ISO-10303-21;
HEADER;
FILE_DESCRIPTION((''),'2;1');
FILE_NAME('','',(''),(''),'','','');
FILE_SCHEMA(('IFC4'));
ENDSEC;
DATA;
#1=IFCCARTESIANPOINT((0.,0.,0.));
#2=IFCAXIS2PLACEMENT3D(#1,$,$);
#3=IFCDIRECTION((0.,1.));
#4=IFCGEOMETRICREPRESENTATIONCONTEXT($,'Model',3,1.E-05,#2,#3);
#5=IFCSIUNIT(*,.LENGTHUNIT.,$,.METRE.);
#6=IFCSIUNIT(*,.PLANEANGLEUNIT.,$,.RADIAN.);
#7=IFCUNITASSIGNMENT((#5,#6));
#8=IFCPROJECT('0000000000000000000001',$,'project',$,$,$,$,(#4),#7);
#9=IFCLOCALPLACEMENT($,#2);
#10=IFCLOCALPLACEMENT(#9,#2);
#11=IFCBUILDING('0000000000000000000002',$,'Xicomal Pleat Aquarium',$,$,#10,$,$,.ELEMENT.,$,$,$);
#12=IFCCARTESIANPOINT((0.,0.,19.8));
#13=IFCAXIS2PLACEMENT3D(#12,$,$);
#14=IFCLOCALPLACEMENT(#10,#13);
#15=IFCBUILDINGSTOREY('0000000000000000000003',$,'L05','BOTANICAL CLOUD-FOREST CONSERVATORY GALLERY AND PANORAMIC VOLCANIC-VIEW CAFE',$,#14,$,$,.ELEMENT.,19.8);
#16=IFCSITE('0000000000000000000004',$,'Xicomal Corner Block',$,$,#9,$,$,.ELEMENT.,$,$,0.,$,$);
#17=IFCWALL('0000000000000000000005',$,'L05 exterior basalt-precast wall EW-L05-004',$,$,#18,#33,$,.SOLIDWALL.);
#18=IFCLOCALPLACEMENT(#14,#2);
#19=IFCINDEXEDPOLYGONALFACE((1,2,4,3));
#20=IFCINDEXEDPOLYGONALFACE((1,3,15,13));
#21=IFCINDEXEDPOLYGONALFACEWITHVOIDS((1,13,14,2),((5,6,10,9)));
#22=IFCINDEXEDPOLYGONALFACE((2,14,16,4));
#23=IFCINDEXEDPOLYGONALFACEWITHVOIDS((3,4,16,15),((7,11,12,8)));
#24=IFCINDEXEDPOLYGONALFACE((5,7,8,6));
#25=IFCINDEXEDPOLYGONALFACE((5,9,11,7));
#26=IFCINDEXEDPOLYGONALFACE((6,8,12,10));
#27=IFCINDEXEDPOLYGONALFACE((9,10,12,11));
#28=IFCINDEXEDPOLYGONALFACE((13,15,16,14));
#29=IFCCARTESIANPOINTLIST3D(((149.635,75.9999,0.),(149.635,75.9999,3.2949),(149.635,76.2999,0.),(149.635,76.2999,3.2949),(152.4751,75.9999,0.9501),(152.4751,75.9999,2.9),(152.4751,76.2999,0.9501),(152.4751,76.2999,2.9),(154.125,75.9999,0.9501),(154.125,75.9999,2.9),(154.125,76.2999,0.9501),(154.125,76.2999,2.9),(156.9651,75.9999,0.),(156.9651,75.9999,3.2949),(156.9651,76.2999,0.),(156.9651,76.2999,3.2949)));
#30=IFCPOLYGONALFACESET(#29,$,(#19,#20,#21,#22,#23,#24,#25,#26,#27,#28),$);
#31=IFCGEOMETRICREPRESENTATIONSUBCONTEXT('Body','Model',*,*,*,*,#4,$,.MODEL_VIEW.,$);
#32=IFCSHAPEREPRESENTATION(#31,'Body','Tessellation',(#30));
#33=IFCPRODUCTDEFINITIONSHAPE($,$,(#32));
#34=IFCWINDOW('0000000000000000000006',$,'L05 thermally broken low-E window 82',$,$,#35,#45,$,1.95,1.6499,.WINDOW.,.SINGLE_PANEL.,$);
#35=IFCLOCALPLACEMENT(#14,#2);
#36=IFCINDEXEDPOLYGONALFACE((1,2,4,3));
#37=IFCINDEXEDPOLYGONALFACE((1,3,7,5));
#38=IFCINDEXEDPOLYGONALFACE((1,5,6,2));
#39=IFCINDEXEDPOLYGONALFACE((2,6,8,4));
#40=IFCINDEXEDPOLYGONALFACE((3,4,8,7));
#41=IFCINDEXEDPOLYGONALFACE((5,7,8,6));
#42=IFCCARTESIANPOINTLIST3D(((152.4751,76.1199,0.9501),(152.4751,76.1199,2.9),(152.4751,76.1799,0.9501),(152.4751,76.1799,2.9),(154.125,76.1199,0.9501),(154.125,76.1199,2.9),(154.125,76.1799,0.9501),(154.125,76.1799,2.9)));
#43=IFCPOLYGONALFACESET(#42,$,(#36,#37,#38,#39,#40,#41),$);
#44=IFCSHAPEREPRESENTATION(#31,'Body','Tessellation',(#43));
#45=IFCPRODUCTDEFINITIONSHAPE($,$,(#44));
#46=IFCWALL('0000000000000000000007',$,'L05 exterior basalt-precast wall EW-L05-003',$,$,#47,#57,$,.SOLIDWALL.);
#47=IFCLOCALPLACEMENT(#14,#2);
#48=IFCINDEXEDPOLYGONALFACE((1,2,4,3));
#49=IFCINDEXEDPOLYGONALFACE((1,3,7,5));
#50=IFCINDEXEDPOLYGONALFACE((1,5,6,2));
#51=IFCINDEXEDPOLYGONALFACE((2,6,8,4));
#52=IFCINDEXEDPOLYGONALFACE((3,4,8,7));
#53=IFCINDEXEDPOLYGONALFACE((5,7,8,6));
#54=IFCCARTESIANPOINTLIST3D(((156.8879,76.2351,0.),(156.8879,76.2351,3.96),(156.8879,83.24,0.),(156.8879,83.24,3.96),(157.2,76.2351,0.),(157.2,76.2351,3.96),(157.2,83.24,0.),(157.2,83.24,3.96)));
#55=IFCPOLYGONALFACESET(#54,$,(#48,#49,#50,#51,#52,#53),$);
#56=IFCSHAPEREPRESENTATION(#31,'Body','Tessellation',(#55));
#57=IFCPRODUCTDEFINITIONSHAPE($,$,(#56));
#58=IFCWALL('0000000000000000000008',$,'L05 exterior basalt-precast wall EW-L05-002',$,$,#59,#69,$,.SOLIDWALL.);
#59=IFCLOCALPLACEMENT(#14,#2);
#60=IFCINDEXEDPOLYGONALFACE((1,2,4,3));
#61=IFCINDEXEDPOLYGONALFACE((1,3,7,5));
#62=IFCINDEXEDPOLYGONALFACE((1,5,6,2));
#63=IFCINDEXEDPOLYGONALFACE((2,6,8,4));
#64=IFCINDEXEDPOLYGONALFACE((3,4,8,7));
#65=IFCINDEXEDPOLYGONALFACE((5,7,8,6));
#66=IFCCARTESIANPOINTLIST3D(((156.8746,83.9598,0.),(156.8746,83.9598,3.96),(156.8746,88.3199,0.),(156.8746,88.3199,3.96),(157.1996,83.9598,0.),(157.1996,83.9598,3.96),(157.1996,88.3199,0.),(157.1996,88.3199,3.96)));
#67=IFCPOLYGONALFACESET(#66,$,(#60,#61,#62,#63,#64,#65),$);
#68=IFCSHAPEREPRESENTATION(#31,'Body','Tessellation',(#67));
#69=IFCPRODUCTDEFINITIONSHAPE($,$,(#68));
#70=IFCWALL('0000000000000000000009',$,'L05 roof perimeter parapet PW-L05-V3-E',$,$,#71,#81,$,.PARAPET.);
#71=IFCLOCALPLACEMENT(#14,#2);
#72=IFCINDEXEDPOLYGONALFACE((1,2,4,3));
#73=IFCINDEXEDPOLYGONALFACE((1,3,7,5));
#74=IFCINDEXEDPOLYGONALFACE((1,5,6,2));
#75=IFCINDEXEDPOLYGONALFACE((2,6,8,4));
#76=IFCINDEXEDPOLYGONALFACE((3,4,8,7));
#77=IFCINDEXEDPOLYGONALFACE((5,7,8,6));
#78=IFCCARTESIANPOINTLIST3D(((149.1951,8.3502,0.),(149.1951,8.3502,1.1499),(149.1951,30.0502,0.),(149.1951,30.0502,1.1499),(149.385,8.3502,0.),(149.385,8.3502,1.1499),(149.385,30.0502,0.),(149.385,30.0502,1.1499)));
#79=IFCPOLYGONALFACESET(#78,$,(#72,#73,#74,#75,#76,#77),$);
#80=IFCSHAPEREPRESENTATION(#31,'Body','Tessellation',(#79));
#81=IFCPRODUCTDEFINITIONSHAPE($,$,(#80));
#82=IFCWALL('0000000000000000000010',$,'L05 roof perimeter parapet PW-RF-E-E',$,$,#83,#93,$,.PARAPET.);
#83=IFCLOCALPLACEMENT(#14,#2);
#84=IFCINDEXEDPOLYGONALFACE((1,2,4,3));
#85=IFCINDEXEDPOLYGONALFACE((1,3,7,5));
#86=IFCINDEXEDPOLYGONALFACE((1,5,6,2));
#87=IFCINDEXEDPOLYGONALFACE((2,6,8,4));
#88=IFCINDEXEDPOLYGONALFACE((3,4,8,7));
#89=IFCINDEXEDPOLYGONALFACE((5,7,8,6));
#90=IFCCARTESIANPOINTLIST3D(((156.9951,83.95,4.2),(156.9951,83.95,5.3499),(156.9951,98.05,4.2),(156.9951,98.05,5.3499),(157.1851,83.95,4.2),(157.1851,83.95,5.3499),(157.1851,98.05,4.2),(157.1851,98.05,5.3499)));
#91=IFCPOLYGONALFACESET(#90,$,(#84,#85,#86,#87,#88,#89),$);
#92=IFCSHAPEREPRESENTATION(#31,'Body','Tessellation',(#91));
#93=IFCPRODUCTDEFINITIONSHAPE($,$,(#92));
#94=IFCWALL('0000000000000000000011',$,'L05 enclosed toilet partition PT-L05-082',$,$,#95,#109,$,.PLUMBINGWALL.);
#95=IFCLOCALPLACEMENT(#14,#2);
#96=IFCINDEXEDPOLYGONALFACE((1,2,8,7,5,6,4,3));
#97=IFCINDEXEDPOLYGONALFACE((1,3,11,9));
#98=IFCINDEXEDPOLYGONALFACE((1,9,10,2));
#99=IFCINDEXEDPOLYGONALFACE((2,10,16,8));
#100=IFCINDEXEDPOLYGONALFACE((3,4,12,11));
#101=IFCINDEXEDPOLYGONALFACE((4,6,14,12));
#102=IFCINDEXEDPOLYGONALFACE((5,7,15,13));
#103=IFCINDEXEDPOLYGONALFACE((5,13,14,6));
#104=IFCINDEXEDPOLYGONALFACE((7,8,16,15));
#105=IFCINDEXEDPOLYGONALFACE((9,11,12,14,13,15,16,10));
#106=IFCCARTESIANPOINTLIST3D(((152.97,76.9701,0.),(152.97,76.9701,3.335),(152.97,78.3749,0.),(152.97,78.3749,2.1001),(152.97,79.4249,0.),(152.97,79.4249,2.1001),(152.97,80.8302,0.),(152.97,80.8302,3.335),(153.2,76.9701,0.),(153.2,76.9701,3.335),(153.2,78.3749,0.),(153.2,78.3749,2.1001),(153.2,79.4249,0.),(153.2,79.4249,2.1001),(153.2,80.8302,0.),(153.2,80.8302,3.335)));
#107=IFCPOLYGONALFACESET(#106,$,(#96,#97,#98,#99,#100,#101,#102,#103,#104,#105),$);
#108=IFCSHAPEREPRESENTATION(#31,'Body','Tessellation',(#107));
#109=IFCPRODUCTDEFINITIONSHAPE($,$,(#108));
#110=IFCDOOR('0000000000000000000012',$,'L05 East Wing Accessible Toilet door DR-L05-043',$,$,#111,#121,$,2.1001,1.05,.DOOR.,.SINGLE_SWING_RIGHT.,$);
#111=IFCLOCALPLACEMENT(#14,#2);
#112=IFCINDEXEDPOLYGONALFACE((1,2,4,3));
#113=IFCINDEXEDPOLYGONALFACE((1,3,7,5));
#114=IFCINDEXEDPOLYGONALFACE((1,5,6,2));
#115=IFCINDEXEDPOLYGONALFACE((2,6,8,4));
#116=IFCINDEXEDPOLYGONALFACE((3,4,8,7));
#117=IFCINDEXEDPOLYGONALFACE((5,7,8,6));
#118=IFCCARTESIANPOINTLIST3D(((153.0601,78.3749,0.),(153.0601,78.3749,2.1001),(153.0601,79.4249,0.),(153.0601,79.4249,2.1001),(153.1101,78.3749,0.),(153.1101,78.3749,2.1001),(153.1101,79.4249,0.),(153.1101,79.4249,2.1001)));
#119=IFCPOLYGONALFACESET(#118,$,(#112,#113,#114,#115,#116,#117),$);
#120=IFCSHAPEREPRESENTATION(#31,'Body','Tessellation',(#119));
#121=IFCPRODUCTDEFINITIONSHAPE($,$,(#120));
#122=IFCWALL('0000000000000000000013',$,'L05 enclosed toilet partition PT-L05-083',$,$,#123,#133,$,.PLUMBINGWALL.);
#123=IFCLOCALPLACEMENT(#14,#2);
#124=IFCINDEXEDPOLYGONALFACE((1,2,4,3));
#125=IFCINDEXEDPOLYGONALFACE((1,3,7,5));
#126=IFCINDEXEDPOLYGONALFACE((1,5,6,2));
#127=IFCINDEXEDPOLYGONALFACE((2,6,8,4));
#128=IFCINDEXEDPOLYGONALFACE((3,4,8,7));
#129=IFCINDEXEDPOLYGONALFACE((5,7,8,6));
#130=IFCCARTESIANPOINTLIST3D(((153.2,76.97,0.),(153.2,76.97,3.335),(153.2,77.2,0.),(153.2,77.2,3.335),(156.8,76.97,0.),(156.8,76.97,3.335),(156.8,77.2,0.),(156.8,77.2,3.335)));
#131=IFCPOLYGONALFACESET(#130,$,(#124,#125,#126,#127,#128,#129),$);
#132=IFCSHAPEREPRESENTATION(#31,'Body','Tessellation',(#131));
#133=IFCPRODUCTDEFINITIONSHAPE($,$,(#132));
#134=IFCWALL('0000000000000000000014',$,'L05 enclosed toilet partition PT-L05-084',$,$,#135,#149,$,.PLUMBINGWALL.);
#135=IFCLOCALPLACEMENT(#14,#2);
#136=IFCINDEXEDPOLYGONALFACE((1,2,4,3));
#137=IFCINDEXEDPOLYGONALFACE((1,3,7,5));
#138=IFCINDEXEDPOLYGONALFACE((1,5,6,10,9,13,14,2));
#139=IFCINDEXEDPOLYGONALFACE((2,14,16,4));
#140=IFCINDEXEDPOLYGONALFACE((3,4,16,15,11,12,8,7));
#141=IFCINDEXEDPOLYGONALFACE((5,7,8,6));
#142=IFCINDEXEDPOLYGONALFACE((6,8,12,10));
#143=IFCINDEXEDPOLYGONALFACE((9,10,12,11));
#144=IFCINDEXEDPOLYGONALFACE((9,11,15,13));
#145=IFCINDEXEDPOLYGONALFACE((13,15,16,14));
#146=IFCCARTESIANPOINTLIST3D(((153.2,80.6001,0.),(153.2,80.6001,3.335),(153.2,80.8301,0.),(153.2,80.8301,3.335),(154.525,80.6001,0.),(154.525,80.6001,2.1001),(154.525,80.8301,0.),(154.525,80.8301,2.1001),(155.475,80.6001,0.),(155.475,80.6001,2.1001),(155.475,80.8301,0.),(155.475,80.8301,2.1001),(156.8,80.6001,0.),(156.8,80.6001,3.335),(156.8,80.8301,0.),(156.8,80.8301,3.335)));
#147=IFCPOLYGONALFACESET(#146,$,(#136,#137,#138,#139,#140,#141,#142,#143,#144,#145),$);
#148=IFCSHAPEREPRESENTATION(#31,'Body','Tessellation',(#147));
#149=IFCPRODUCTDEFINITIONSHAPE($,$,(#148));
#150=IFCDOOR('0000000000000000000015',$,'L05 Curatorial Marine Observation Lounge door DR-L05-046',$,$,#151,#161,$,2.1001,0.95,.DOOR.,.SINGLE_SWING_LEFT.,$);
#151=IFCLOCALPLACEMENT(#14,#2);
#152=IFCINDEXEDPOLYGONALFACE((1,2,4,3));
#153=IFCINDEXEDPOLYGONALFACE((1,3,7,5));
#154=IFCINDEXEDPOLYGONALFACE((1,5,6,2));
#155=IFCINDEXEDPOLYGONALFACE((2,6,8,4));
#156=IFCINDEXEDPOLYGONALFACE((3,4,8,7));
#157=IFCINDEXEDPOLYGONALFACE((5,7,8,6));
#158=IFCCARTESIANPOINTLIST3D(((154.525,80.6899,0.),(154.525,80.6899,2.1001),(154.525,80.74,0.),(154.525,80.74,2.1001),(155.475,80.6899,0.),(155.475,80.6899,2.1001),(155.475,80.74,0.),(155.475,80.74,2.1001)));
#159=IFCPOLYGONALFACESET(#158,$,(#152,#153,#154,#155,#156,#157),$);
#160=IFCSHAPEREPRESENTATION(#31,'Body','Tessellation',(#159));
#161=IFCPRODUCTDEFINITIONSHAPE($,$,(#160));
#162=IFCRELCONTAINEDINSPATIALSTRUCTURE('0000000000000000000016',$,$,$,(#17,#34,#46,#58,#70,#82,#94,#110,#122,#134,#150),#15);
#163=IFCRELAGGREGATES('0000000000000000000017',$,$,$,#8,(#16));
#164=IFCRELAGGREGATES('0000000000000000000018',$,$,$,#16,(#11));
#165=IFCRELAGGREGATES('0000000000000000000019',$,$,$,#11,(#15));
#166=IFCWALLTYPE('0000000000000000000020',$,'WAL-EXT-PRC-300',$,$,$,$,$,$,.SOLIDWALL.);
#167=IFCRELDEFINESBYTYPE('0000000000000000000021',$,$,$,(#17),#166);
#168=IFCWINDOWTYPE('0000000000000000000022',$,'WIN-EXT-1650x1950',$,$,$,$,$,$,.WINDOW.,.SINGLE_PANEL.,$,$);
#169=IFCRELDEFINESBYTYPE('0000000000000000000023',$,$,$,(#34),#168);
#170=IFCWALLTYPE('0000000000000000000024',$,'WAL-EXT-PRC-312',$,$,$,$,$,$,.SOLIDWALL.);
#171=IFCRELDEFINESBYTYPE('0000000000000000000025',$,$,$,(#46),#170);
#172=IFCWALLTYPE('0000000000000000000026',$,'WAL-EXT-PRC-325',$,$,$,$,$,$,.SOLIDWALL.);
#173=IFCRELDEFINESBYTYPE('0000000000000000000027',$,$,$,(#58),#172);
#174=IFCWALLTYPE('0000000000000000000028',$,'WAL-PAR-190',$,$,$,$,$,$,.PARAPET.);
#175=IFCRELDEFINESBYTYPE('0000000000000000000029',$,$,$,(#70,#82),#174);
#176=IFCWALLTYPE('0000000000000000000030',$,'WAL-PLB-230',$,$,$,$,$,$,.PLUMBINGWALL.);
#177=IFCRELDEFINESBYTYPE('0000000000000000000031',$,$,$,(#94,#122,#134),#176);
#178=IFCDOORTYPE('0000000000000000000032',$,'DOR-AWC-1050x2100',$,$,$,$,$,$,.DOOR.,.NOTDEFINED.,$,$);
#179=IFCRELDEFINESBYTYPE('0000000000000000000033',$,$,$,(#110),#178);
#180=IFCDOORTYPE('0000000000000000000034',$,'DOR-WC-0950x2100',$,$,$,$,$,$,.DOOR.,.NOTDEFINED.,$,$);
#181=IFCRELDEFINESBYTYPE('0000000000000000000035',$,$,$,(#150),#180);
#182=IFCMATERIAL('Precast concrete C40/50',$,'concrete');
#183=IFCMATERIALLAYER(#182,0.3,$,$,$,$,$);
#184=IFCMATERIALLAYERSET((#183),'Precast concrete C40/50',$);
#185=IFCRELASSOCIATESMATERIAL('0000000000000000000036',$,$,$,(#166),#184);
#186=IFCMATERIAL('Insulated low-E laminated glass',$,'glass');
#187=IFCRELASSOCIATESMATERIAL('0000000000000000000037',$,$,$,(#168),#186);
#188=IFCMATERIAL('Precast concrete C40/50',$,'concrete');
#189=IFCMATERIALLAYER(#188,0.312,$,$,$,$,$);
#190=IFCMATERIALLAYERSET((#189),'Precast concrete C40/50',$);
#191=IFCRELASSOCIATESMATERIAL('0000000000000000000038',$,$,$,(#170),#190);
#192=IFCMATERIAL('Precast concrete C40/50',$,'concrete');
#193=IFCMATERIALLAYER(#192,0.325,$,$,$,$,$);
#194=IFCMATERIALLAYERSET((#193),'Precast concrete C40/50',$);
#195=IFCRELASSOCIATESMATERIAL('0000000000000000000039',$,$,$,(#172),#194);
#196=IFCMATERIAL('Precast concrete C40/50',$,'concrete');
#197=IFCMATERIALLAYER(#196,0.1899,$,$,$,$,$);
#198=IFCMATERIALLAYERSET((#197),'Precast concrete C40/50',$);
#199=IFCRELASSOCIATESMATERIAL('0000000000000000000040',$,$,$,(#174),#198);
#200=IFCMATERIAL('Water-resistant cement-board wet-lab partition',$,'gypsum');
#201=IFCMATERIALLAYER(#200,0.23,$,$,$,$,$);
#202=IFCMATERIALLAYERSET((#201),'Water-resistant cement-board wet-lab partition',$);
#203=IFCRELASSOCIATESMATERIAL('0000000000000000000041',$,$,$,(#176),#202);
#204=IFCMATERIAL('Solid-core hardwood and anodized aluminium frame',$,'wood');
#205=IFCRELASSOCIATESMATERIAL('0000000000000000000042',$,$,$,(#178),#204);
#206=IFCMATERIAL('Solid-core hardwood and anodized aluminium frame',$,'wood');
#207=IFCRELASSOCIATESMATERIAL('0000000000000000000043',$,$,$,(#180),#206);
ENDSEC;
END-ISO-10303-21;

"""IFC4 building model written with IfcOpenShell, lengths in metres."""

from ifc_helpers import new_model, si_unit, direction, frame, frame_2d, origin, place, context, subcontext, project, spatial, rectangle, extrude, material, layer, layer_set, type_object, element, fill, save


model = new_model("IFC4")

# Units and contexts
model_context = context("Model", 3, precision=1e-05, world=origin(), true_north=direction((0.0, 1.0)))
body_context = subcontext(model_context, "Body", "Model", "MODEL_VIEW")
ifc_project = project(units=[si_unit("LENGTHUNIT", "METRE"), si_unit("PLANEANGLEUNIT", "RADIAN")], contexts=[model_context])

# Site, building, storey
site_placement = place(None, origin())
site = spatial("IfcSite", under=ifc_project, at=site_placement, Name="Xicomal Corner Block", CompositionType="ELEMENT", RefElevation=0.0)
building_placement = place(site_placement, origin())
building = spatial("IfcBuilding", under=site, at=building_placement, Name="Xicomal Pleat Aquarium", CompositionType="ELEMENT")
storey_placement = place(building_placement, frame((0.0, 0.0, 19.8)))
storey = spatial("IfcBuildingStorey", under=building, at=storey_placement, Name="L05", Description="BOTANICAL CLOUD-FOREST CONSERVATORY GALLERY AND PANORAMIC VOLCANIC-VIEW CAFE", CompositionType="ELEMENT", Elevation=19.8)

# Wall, opening, window
ifc_material_1 = material(Name="Precast concrete C40/50", Category="concrete")
ifc_layer_1 = layer(ifc_material_1, 0.3)
ifc_layer_set_1 = layer_set([ifc_layer_1], Name="Precast concrete C40/50")
wall_type_1 = type_object("IfcWallType", Name="WAL-EXT-PRC-300", PredefinedType="SOLIDWALL", material=ifc_layer_set_1)
wall_1_placement = place(storey_placement, frame((156.9651, 76.1499, 0.0), z_axis=(0.0, 0.0, 1.0), x_axis=(-1.0, 0.0, 0.0)))
wall_1 = element("IfcWall", 1, at=wall_1_placement, inside=storey, type_object=wall_type_1, Name="L05 exterior basalt-precast wall EW-L05-004", PredefinedType="SOLIDWALL", context=body_context, shape_type="SweptSolid", body=[
    extrude(rectangle(XDim=7.3301, YDim=0.3, at=frame_2d((3.665, 0.0))), origin(), (0.0, 0.0, 1.0), 3.2949),
])
opening_1_placement = place(wall_1_placement, frame((2.8401, 0.0, 0.95)))
opening_1 = element("IfcOpeningElement", 2, at=opening_1_placement, cuts=wall_1, PredefinedType="OPENING", context=body_context, shape_type="SweptSolid", body=[
    extrude(rectangle(XDim=1.6499, YDim=1.95, at=frame_2d((0.825, 0.9751))), frame((0.0, 0.1599, 0.0), z_axis=(0.0, -1.0, 0.0), x_axis=(1.0, 0.0, 0.0)), (0.0, 0.0, 1.0), 0.3201),
])
ifc_material_2 = material(Name="Insulated low-E laminated glass", Category="glass")
window_type_1 = type_object("IfcWindowType", Name="WIN-EXT-1650x1950", PartitioningType="SINGLE_PANEL", PredefinedType="WINDOW", material=ifc_material_2)
window_1_placement = place(opening_1_placement, origin())
window_1 = element("IfcWindow", 3, at=window_1_placement, inside=storey, type_object=window_type_1, Name="L05 thermally broken low-E window 82", OverallHeight=1.95, OverallWidth=1.6499, PartitioningType="SINGLE_PANEL", PredefinedType="WINDOW", context=body_context, shape_type="SweptSolid", body=[
    extrude(rectangle(XDim=1.6499, YDim=1.95, at=frame_2d((0.825, 0.9751))), frame((0.0, 0.03, 0.0), z_axis=(0.0, -1.0, 0.0), x_axis=(1.0, 0.0, 0.0)), (0.0, 0.0, 1.0), 0.0601),
])
fill(opening_1, window_1)

# Walls
ifc_material_3 = material(Name="Precast concrete C40/50", Category="concrete")
ifc_layer_2 = layer(ifc_material_3, 0.312)
ifc_layer_set_2 = layer_set([ifc_layer_2], Name="Precast concrete C40/50")
wall_type_2 = type_object("IfcWallType", Name="WAL-EXT-PRC-312", PredefinedType="SOLIDWALL", material=ifc_layer_set_2)
wall_2_placement = place(storey_placement, frame((157.0439, 83.24, 0.0), z_axis=(0.0, 0.0, 1.0), x_axis=(0.0, -1.0, 0.0)))
element("IfcWall", 4, at=wall_2_placement, inside=storey, type_object=wall_type_2, Name="L05 exterior basalt-precast wall EW-L05-003", PredefinedType="SOLIDWALL", context=body_context, shape_type="SweptSolid", body=[
    extrude(rectangle(XDim=7.0049, YDim=0.312, at=frame_2d((3.5024, 0.0))), origin(), (0.0, 0.0, 1.0), 3.96),
])
ifc_material_4 = material(Name="Precast concrete C40/50", Category="concrete")
ifc_layer_3 = layer(ifc_material_4, 0.325)
ifc_layer_set_3 = layer_set([ifc_layer_3], Name="Precast concrete C40/50")
wall_type_3 = type_object("IfcWallType", Name="WAL-EXT-PRC-325", PredefinedType="SOLIDWALL", material=ifc_layer_set_3)
wall_3_placement = place(storey_placement, frame((157.0371, 88.3201, 0.0), z_axis=(0.0, 0.0, 1.0), x_axis=(0.0, -1.0, 0.0)))
element("IfcWall", 5, at=wall_3_placement, inside=storey, type_object=wall_type_3, Name="L05 exterior basalt-precast wall EW-L05-002", PredefinedType="SOLIDWALL", context=body_context, shape_type="SweptSolid", body=[
    extrude(rectangle(XDim=4.3601, YDim=0.325, at=frame_2d((2.1802, 0.0))), origin(), (0.0, 0.0, 1.0), 3.96),
])
ifc_material_5 = material(Name="Precast concrete C40/50", Category="concrete")
ifc_layer_4 = layer(ifc_material_5, 0.1899)
ifc_layer_set_4 = layer_set([ifc_layer_4], Name="Precast concrete C40/50")
wall_type_4 = type_object("IfcWallType", Name="WAL-PAR-190", PredefinedType="PARAPET", material=ifc_layer_set_4)
wall_4_placement = place(storey_placement, frame((149.29, 8.3501, 0.0), z_axis=(0.0, 0.0, 1.0), x_axis=(0.0, 1.0, 0.0)))
element("IfcWall", 6, at=wall_4_placement, inside=storey, type_object=wall_type_4, Name="L05 roof perimeter parapet PW-L05-V3-E", PredefinedType="PARAPET", context=body_context, shape_type="SweptSolid", body=[
    extrude(rectangle(XDim=21.7, YDim=0.1899, at=frame_2d((10.8501, 0.0))), origin(), (0.0, 0.0, 1.0), 1.1499),
])
wall_5_placement = place(storey_placement, frame((157.0901, 83.95, 4.2), z_axis=(0.0, 0.0, 1.0), x_axis=(0.0, 1.0, 0.0)))
element("IfcWall", 7, at=wall_5_placement, inside=storey, type_object=wall_type_4, Name="L05 roof perimeter parapet PW-RF-E-E", PredefinedType="PARAPET", context=body_context, shape_type="SweptSolid", body=[
    extrude(rectangle(XDim=14.1001, YDim=0.1899, at=frame_2d((7.05, 0.0))), origin(), (0.0, 0.0, 1.0), 1.1499),
])

# Wall, opening, door
ifc_material_6 = material(Name="Water-resistant cement-board wet-lab partition", Category="gypsum")
ifc_layer_5 = layer(ifc_material_6, 0.23)
ifc_layer_set_5 = layer_set([ifc_layer_5], Name="Water-resistant cement-board wet-lab partition")
wall_type_5 = type_object("IfcWallType", Name="WAL-PLB-230", PredefinedType="PLUMBINGWALL", material=ifc_layer_set_5)
wall_6_placement = place(storey_placement, frame((153.085, 76.97, 0.0), z_axis=(0.0, 0.0, 1.0), x_axis=(0.0, 1.0, 0.0)))
wall_6 = element("IfcWall", 8, at=wall_6_placement, inside=storey, type_object=wall_type_5, Name="L05 enclosed toilet partition PT-L05-082", PredefinedType="PLUMBINGWALL", context=body_context, shape_type="SweptSolid", body=[
    extrude(rectangle(XDim=3.8601, YDim=0.23, at=frame_2d((1.9302, 0.0))), origin(), (0.0, 0.0, 1.0), 3.335),
])
opening_2_placement = place(wall_6_placement, frame((1.405, 0.0, 0.0)))
opening_2 = element("IfcOpeningElement", 9, at=opening_2_placement, cuts=wall_6, PredefinedType="OPENING", context=body_context, shape_type="SweptSolid", body=[
    extrude(rectangle(XDim=1.05, YDim=2.1001, at=frame_2d((0.5249, 1.05))), frame((0.0, 0.125, 0.0), z_axis=(0.0, -1.0, 0.0), x_axis=(1.0, 0.0, 0.0)), (0.0, 0.0, 1.0), 0.25),
])
ifc_material_7 = material(Name="Solid-core hardwood and anodized aluminium frame", Category="wood")
door_type_1 = type_object("IfcDoorType", Name="DOR-AWC-1050x2100", OperationType="NOTDEFINED", PredefinedType="DOOR", material=ifc_material_7)
door_1_placement = place(opening_2_placement, origin())
door_1 = element("IfcDoor", 10, at=door_1_placement, inside=storey, type_object=door_type_1, Name="L05 East Wing Accessible Toilet door DR-L05-043", OperationType="SINGLE_SWING_RIGHT", OverallHeight=2.1001, OverallWidth=1.05, PredefinedType="DOOR", context=body_context, shape_type="SweptSolid", body=[
    extrude(rectangle(XDim=1.05, YDim=2.1001, at=frame_2d((0.5249, 1.05))), frame((0.0, 0.0249, 0.0), z_axis=(0.0, -1.0, 0.0), x_axis=(1.0, 0.0, 0.0)), (0.0, 0.0, 1.0), 0.05),
])
fill(opening_2, door_1)

# Wall
wall_7_placement = place(storey_placement, frame((153.2, 77.085, 0.0), z_axis=(0.0, 0.0, 1.0), x_axis=(1.0, 0.0, 0.0)))
element("IfcWall", 11, at=wall_7_placement, inside=storey, type_object=wall_type_5, Name="L05 enclosed toilet partition PT-L05-083", PredefinedType="PLUMBINGWALL", context=body_context, shape_type="SweptSolid", body=[
    extrude(rectangle(XDim=3.6001, YDim=0.23, at=frame_2d((1.8, 0.0))), origin(), (0.0, 0.0, 1.0), 3.335),
])

# Wall, opening, door
wall_8_placement = place(storey_placement, frame((153.2, 80.7151, 0.0), z_axis=(0.0, 0.0, 1.0), x_axis=(1.0, 0.0, 0.0)))
wall_8 = element("IfcWall", 12, at=wall_8_placement, inside=storey, type_object=wall_type_5, Name="L05 enclosed toilet partition PT-L05-084", PredefinedType="PLUMBINGWALL", context=body_context, shape_type="SweptSolid", body=[
    extrude(rectangle(XDim=3.6001, YDim=0.23, at=frame_2d((1.8, 0.0))), origin(), (0.0, 0.0, 1.0), 3.335),
])
opening_3_placement = place(wall_8_placement, frame((1.325, 0.0, 0.0)))
opening_3 = element("IfcOpeningElement", 13, at=opening_3_placement, cuts=wall_8, PredefinedType="OPENING", context=body_context, shape_type="SweptSolid", body=[
    extrude(rectangle(XDim=0.95, YDim=2.1001, at=frame_2d((0.4751, 1.05))), frame((0.0, 0.125, 0.0), z_axis=(0.0, -1.0, 0.0), x_axis=(1.0, 0.0, 0.0)), (0.0, 0.0, 1.0), 0.25),
])
ifc_material_8 = material(Name="Solid-core hardwood and anodized aluminium frame", Category="wood")
door_type_2 = type_object("IfcDoorType", Name="DOR-WC-0950x2100", OperationType="NOTDEFINED", PredefinedType="DOOR", material=ifc_material_8)
door_2_placement = place(opening_3_placement, origin())
door_2 = element("IfcDoor", 14, at=door_2_placement, inside=storey, type_object=door_type_2, Name="L05 Curatorial Marine Observation Lounge door DR-L05-046", OperationType="SINGLE_SWING_LEFT", OverallHeight=2.1001, OverallWidth=0.95, PredefinedType="DOOR", context=body_context, shape_type="SweptSolid", body=[
    extrude(rectangle(XDim=0.95, YDim=2.1001, at=frame_2d((0.4751, 1.05))), frame((0.0, 0.0249, 0.0), z_axis=(0.0, -1.0, 0.0), x_axis=(1.0, 0.0, 0.0)), (0.0, 0.0, 1.0), 0.05),
])
fill(opening_3, door_2)

save(model, "model.ifc")
